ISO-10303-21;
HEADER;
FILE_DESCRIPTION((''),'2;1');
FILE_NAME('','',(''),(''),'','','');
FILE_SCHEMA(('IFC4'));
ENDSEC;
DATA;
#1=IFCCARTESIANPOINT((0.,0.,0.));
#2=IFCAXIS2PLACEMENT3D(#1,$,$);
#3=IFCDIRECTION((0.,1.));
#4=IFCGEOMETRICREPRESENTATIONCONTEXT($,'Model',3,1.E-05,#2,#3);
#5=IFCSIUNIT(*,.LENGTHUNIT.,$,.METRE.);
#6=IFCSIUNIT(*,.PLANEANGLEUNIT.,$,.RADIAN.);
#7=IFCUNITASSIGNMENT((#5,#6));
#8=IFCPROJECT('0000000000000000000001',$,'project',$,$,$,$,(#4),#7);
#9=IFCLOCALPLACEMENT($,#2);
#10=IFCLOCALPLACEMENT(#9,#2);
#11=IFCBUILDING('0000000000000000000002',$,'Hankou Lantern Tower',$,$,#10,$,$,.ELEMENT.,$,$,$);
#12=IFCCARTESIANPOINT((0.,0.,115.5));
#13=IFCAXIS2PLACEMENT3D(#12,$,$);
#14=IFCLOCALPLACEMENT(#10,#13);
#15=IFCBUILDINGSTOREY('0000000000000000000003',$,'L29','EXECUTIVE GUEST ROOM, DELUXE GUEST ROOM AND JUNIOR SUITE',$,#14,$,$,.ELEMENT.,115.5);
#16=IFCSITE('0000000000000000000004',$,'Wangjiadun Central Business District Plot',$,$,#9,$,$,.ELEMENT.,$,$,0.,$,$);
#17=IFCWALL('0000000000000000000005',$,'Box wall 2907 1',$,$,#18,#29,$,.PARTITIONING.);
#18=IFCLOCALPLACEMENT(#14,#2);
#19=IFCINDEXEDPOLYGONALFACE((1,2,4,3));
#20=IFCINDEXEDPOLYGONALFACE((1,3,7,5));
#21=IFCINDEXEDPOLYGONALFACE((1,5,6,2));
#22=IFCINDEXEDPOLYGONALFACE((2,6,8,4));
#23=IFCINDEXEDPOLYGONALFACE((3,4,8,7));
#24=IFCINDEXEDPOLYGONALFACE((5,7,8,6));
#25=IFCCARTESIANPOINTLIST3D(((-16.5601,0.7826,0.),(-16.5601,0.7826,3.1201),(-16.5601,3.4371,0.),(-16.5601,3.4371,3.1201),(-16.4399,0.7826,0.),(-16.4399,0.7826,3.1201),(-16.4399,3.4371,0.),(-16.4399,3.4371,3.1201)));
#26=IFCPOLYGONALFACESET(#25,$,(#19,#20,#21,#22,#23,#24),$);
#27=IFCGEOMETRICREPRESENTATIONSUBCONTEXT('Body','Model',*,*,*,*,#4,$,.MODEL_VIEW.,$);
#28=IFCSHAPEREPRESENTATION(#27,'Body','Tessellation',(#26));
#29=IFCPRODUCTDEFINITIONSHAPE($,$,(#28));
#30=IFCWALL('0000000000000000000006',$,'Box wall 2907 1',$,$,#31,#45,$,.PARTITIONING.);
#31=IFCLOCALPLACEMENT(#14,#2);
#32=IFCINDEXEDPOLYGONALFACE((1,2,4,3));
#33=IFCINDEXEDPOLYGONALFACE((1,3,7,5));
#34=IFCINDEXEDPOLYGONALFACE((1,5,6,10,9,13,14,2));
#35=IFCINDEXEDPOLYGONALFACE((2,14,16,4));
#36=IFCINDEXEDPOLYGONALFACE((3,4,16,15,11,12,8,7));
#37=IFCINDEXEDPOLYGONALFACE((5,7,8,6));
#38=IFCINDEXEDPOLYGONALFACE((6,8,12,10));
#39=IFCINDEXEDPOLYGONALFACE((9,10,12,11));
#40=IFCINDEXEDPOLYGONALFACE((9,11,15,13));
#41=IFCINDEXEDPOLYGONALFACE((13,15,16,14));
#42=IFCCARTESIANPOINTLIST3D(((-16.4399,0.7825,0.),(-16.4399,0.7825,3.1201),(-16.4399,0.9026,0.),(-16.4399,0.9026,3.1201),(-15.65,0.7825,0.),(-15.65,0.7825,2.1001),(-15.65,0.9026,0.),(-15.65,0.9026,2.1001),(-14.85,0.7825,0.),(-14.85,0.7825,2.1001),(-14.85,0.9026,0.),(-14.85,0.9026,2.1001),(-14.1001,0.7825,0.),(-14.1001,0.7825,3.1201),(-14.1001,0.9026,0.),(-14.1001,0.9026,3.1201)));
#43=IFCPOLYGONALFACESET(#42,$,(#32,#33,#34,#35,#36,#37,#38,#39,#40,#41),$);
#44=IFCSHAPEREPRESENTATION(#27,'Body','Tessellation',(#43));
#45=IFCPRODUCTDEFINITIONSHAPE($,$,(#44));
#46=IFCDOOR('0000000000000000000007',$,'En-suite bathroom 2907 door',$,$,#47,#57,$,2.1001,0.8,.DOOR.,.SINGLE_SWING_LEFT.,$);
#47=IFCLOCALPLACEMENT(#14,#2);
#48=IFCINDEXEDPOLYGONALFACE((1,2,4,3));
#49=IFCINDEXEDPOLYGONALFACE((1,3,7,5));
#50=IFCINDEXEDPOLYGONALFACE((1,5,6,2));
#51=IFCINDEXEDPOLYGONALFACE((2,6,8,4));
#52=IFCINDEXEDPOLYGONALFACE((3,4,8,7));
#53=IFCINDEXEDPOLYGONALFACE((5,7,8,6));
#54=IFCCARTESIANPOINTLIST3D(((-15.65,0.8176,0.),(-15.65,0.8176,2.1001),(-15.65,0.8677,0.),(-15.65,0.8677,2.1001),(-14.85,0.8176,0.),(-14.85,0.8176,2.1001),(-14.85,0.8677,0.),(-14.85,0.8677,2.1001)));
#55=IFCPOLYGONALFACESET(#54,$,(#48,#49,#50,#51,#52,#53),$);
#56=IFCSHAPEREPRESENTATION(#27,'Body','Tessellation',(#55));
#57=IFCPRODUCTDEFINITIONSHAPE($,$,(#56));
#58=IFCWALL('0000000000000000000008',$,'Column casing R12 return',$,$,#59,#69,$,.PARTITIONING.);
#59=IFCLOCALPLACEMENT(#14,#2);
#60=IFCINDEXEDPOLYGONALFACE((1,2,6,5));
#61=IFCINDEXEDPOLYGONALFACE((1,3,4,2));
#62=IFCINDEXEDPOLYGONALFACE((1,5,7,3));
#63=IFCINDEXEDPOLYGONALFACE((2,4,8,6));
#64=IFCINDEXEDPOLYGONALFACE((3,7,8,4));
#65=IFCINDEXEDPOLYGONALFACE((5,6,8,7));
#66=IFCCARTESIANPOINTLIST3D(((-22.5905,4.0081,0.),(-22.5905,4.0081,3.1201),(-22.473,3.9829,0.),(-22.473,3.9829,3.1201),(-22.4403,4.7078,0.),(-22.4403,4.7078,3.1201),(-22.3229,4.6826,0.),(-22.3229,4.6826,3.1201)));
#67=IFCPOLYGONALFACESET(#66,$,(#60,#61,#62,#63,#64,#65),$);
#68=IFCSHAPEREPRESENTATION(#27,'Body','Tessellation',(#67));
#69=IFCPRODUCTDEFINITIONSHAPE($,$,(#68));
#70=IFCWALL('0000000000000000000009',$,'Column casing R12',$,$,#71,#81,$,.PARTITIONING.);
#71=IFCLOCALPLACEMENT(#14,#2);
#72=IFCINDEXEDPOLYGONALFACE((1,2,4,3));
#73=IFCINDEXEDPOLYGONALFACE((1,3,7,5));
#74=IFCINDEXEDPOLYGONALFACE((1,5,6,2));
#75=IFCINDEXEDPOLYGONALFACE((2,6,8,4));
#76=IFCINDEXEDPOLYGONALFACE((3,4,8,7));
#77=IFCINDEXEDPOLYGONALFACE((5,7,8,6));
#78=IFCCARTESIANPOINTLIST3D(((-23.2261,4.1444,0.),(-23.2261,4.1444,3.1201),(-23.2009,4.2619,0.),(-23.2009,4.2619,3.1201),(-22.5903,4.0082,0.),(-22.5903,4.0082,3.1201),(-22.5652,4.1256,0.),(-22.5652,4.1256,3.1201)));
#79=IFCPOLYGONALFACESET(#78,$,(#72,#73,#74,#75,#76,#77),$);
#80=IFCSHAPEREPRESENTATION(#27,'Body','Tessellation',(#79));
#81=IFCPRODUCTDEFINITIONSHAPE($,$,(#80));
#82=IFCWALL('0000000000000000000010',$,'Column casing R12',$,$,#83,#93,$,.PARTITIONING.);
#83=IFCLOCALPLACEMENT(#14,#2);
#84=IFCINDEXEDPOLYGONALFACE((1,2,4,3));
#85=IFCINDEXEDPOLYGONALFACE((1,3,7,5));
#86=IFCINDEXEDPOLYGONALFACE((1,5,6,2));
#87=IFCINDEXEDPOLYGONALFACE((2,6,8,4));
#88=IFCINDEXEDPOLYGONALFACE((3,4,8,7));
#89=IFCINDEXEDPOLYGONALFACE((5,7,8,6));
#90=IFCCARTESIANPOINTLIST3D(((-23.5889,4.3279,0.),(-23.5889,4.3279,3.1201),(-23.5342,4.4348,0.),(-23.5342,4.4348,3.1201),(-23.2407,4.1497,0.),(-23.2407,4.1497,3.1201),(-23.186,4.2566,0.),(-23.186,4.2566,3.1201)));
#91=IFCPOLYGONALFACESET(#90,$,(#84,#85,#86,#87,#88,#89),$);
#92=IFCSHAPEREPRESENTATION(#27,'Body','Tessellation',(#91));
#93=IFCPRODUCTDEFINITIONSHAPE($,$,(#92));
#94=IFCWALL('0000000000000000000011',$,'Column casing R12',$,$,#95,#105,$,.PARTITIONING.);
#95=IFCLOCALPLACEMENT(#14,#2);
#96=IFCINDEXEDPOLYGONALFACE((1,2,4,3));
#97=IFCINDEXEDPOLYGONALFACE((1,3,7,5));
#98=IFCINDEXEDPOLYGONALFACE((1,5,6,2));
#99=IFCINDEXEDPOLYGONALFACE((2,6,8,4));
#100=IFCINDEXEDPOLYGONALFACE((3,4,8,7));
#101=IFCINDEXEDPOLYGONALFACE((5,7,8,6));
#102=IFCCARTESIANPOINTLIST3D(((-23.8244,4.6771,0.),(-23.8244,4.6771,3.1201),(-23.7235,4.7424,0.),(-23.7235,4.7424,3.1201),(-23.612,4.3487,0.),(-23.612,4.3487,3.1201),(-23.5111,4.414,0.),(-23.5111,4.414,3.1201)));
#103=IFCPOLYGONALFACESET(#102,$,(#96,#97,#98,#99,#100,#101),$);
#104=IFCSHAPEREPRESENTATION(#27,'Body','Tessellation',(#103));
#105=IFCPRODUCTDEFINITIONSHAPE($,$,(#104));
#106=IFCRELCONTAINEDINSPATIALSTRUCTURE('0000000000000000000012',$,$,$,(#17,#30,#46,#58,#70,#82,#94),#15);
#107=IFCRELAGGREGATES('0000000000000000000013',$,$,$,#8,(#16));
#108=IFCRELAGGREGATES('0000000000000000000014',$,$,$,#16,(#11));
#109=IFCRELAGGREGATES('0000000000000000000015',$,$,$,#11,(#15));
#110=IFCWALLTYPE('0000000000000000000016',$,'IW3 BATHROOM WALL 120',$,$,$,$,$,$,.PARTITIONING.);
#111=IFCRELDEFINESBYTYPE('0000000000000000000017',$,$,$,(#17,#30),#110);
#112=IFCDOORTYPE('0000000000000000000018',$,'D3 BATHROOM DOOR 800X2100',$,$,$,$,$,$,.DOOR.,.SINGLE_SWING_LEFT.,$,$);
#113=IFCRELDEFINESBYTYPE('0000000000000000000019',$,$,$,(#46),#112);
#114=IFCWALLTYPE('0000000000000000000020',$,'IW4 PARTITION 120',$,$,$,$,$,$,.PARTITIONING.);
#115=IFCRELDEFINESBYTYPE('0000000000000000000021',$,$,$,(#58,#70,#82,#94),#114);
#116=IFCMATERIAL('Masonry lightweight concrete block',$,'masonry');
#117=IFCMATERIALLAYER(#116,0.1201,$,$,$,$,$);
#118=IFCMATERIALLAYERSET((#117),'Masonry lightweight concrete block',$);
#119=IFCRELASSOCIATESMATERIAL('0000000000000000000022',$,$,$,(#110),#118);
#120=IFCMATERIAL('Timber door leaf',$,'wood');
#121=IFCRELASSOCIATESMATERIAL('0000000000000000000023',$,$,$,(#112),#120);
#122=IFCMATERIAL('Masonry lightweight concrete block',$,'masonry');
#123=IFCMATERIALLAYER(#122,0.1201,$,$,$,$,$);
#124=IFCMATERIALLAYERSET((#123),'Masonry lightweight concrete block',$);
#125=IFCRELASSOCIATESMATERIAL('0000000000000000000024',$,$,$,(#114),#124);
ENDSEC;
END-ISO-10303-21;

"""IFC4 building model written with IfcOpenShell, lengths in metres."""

from ifc_helpers import new_model, si_unit, direction, frame, frame_2d, origin, place, context, subcontext, project, spatial, rectangle, extrude, material, layer, layer_set, type_object, element, fill, save


model = new_model("IFC4")

# Units and contexts
model_context = context("Model", 3, precision=1e-05, world=origin(), true_north=direction((0.0, 1.0)))
body_context = subcontext(model_context, "Body", "Model", "MODEL_VIEW")
ifc_project = project(units=[si_unit("LENGTHUNIT", "METRE"), si_unit("PLANEANGLEUNIT", "RADIAN")], contexts=[model_context])

# Site, building, storey
site_placement = place(None, origin())
site = spatial("IfcSite", under=ifc_project, at=site_placement, Name="Wangjiadun Central Business District Plot", CompositionType="ELEMENT", RefElevation=0.0)
building_placement = place(site_placement, origin())
building = spatial("IfcBuilding", under=site, at=building_placement, Name="Hankou Lantern Tower", CompositionType="ELEMENT")
storey_placement = place(building_placement, frame((0.0, 0.0, 115.5)))
storey = spatial("IfcBuildingStorey", under=building, at=storey_placement, Name="L29", Description="EXECUTIVE GUEST ROOM, DELUXE GUEST ROOM AND JUNIOR SUITE", CompositionType="ELEMENT", Elevation=115.5)

# Shared definitions
ifc_material_1 = material(Name="Masonry lightweight concrete block", Category="masonry")
ifc_layer_1 = layer(ifc_material_1, 0.1201)
ifc_layer_set_1 = layer_set([ifc_layer_1], Name="Masonry lightweight concrete block")
wall_type_1 = type_object("IfcWallType", Name="IW3 BATHROOM WALL 120", PredefinedType="PARTITIONING", material=ifc_layer_set_1)
ifc_material_2 = material(Name="Timber door leaf", Category="wood")
door_type_1 = type_object("IfcDoorType", Name="D3 BATHROOM DOOR 800X2100", OperationType="SINGLE_SWING_LEFT", PredefinedType="DOOR", material=ifc_material_2)

# Wall
wall_1_placement = place(storey_placement, frame((-16.5, 3.437, 0.0), z_axis=(0.0, 0.0, 1.0), x_axis=(0.0, -1.0, 0.0)))
element("IfcWall", 1, at=wall_1_placement, inside=storey, type_object=wall_type_1, Name="Box wall 2907 1", PredefinedType="PARTITIONING", context=body_context, shape_type="SweptSolid", body=[
    extrude(rectangle(XDim=2.6545, YDim=0.1201, at=frame_2d((1.3271, 0.0))), origin(), (0.0, 0.0, 1.0), 3.1201),
])

# Wall, opening, door
wall_2_placement = place(storey_placement, frame((-14.1001, 0.8425, 0.0), z_axis=(0.0, 0.0, 1.0), x_axis=(-1.0, 0.0, 0.0)))
wall_2 = element("IfcWall", 2, at=wall_2_placement, inside=storey, type_object=wall_type_1, Name="Box wall 2907 1", PredefinedType="PARTITIONING", context=body_context, shape_type="SweptSolid", body=[
    extrude(rectangle(XDim=2.3398, YDim=0.1201, at=frame_2d((1.1699, 0.0))), origin(), (0.0, 0.0, 1.0), 3.1201),
])
opening_1_placement = place(wall_2_placement, frame((0.75, 0.0, 0.0)))
opening_1 = element("IfcOpeningElement", 3, at=opening_1_placement, cuts=wall_2, PredefinedType="OPENING", context=body_context, shape_type="SweptSolid", body=[
    extrude(rectangle(XDim=0.8, YDim=2.1001, at=frame_2d((0.3999, 1.05))), frame((0.0, 0.0701, 0.0), z_axis=(0.0, -1.0, 0.0), x_axis=(1.0, 0.0, 0.0)), (0.0, 0.0, 1.0), 0.1401),
])
door_1_placement = place(opening_1_placement, origin())
door_1 = element("IfcDoor", 4, at=door_1_placement, inside=storey, type_object=door_type_1, Name="En-suite bathroom 2907 door", OperationType="SINGLE_SWING_LEFT", OverallHeight=2.1001, OverallWidth=0.8, PredefinedType="DOOR", context=body_context, shape_type="SweptSolid", body=[
    extrude(rectangle(XDim=0.8, YDim=2.1001, at=frame_2d((0.3999, 1.05))), frame((0.0, 0.0249, 0.0), z_axis=(0.0, -1.0, 0.0), x_axis=(1.0, 0.0, 0.0)), (0.0, 0.0, 1.0), 0.05),
])
fill(opening_1, door_1)

# Walls
ifc_material_3 = material(Name="Masonry lightweight concrete block", Category="masonry")
ifc_layer_2 = layer(ifc_material_3, 0.1201)
ifc_layer_set_2 = layer_set([ifc_layer_2], Name="Masonry lightweight concrete block")
wall_type_2 = type_object("IfcWallType", Name="IW4 PARTITION 120", PredefinedType="PARTITIONING", material=ifc_layer_set_2)
wall_3_placement = place(storey_placement, frame((-22.3816, 4.6953, 0.0), z_axis=(0.0, 0.0, 1.0), x_axis=(-0.209809, -0.977742, 0.0)))
element("IfcWall", 5, at=wall_3_placement, inside=storey, type_object=wall_type_2, Name="Column casing R12 return", PredefinedType="PARTITIONING", context=body_context, shape_type="SweptSolid", body=[
    extrude(rectangle(XDim=0.7156, YDim=0.1201, at=frame_2d((0.3579, 0.0))), origin(), (0.0, 0.0, 1.0), 3.1201),
])
wall_4_placement = place(storey_placement, frame((-22.5776, 4.0669, 0.0), z_axis=(0.0, 0.0, 1.0), x_axis=(-0.977802, 0.209529, 0.0)))
element("IfcWall", 6, at=wall_4_placement, inside=storey, type_object=wall_type_2, Name="Column casing R12", PredefinedType="PARTITIONING", context=body_context, shape_type="SweptSolid", body=[
    extrude(rectangle(XDim=0.6501, YDim=0.1201, at=frame_2d((0.3252, 0.0))), origin(), (0.0, 0.0, 1.0), 3.1201),
])
for number, where, z_axis, x_axis, name in (
    (7, (-23.2134, 4.2031, 0.0), (0.0, 0.0, 1.0), (-0.890142, 0.455683, 0.0), "Column casing R12"),
    (8, (-23.5615, 4.3813, 0.0), (0.0, 0.0, 1.0), (-0.543122, 0.839654, 0.0), "Column casing R12"),
):
    element("IfcWall", number, at=place(storey_placement, frame(where, z_axis=z_axis, x_axis=x_axis)), inside=storey, type_object=wall_type_2, Name=name, PredefinedType="PARTITIONING", context=body_context, shape_type="SweptSolid", body=[
        extrude(rectangle(XDim=0.3911, YDim=0.1201, at=frame_2d((0.1956, 0.0))), origin(), (0.0, 0.0, 1.0), 3.1201),
    ])

save(model, "model.ifc")
